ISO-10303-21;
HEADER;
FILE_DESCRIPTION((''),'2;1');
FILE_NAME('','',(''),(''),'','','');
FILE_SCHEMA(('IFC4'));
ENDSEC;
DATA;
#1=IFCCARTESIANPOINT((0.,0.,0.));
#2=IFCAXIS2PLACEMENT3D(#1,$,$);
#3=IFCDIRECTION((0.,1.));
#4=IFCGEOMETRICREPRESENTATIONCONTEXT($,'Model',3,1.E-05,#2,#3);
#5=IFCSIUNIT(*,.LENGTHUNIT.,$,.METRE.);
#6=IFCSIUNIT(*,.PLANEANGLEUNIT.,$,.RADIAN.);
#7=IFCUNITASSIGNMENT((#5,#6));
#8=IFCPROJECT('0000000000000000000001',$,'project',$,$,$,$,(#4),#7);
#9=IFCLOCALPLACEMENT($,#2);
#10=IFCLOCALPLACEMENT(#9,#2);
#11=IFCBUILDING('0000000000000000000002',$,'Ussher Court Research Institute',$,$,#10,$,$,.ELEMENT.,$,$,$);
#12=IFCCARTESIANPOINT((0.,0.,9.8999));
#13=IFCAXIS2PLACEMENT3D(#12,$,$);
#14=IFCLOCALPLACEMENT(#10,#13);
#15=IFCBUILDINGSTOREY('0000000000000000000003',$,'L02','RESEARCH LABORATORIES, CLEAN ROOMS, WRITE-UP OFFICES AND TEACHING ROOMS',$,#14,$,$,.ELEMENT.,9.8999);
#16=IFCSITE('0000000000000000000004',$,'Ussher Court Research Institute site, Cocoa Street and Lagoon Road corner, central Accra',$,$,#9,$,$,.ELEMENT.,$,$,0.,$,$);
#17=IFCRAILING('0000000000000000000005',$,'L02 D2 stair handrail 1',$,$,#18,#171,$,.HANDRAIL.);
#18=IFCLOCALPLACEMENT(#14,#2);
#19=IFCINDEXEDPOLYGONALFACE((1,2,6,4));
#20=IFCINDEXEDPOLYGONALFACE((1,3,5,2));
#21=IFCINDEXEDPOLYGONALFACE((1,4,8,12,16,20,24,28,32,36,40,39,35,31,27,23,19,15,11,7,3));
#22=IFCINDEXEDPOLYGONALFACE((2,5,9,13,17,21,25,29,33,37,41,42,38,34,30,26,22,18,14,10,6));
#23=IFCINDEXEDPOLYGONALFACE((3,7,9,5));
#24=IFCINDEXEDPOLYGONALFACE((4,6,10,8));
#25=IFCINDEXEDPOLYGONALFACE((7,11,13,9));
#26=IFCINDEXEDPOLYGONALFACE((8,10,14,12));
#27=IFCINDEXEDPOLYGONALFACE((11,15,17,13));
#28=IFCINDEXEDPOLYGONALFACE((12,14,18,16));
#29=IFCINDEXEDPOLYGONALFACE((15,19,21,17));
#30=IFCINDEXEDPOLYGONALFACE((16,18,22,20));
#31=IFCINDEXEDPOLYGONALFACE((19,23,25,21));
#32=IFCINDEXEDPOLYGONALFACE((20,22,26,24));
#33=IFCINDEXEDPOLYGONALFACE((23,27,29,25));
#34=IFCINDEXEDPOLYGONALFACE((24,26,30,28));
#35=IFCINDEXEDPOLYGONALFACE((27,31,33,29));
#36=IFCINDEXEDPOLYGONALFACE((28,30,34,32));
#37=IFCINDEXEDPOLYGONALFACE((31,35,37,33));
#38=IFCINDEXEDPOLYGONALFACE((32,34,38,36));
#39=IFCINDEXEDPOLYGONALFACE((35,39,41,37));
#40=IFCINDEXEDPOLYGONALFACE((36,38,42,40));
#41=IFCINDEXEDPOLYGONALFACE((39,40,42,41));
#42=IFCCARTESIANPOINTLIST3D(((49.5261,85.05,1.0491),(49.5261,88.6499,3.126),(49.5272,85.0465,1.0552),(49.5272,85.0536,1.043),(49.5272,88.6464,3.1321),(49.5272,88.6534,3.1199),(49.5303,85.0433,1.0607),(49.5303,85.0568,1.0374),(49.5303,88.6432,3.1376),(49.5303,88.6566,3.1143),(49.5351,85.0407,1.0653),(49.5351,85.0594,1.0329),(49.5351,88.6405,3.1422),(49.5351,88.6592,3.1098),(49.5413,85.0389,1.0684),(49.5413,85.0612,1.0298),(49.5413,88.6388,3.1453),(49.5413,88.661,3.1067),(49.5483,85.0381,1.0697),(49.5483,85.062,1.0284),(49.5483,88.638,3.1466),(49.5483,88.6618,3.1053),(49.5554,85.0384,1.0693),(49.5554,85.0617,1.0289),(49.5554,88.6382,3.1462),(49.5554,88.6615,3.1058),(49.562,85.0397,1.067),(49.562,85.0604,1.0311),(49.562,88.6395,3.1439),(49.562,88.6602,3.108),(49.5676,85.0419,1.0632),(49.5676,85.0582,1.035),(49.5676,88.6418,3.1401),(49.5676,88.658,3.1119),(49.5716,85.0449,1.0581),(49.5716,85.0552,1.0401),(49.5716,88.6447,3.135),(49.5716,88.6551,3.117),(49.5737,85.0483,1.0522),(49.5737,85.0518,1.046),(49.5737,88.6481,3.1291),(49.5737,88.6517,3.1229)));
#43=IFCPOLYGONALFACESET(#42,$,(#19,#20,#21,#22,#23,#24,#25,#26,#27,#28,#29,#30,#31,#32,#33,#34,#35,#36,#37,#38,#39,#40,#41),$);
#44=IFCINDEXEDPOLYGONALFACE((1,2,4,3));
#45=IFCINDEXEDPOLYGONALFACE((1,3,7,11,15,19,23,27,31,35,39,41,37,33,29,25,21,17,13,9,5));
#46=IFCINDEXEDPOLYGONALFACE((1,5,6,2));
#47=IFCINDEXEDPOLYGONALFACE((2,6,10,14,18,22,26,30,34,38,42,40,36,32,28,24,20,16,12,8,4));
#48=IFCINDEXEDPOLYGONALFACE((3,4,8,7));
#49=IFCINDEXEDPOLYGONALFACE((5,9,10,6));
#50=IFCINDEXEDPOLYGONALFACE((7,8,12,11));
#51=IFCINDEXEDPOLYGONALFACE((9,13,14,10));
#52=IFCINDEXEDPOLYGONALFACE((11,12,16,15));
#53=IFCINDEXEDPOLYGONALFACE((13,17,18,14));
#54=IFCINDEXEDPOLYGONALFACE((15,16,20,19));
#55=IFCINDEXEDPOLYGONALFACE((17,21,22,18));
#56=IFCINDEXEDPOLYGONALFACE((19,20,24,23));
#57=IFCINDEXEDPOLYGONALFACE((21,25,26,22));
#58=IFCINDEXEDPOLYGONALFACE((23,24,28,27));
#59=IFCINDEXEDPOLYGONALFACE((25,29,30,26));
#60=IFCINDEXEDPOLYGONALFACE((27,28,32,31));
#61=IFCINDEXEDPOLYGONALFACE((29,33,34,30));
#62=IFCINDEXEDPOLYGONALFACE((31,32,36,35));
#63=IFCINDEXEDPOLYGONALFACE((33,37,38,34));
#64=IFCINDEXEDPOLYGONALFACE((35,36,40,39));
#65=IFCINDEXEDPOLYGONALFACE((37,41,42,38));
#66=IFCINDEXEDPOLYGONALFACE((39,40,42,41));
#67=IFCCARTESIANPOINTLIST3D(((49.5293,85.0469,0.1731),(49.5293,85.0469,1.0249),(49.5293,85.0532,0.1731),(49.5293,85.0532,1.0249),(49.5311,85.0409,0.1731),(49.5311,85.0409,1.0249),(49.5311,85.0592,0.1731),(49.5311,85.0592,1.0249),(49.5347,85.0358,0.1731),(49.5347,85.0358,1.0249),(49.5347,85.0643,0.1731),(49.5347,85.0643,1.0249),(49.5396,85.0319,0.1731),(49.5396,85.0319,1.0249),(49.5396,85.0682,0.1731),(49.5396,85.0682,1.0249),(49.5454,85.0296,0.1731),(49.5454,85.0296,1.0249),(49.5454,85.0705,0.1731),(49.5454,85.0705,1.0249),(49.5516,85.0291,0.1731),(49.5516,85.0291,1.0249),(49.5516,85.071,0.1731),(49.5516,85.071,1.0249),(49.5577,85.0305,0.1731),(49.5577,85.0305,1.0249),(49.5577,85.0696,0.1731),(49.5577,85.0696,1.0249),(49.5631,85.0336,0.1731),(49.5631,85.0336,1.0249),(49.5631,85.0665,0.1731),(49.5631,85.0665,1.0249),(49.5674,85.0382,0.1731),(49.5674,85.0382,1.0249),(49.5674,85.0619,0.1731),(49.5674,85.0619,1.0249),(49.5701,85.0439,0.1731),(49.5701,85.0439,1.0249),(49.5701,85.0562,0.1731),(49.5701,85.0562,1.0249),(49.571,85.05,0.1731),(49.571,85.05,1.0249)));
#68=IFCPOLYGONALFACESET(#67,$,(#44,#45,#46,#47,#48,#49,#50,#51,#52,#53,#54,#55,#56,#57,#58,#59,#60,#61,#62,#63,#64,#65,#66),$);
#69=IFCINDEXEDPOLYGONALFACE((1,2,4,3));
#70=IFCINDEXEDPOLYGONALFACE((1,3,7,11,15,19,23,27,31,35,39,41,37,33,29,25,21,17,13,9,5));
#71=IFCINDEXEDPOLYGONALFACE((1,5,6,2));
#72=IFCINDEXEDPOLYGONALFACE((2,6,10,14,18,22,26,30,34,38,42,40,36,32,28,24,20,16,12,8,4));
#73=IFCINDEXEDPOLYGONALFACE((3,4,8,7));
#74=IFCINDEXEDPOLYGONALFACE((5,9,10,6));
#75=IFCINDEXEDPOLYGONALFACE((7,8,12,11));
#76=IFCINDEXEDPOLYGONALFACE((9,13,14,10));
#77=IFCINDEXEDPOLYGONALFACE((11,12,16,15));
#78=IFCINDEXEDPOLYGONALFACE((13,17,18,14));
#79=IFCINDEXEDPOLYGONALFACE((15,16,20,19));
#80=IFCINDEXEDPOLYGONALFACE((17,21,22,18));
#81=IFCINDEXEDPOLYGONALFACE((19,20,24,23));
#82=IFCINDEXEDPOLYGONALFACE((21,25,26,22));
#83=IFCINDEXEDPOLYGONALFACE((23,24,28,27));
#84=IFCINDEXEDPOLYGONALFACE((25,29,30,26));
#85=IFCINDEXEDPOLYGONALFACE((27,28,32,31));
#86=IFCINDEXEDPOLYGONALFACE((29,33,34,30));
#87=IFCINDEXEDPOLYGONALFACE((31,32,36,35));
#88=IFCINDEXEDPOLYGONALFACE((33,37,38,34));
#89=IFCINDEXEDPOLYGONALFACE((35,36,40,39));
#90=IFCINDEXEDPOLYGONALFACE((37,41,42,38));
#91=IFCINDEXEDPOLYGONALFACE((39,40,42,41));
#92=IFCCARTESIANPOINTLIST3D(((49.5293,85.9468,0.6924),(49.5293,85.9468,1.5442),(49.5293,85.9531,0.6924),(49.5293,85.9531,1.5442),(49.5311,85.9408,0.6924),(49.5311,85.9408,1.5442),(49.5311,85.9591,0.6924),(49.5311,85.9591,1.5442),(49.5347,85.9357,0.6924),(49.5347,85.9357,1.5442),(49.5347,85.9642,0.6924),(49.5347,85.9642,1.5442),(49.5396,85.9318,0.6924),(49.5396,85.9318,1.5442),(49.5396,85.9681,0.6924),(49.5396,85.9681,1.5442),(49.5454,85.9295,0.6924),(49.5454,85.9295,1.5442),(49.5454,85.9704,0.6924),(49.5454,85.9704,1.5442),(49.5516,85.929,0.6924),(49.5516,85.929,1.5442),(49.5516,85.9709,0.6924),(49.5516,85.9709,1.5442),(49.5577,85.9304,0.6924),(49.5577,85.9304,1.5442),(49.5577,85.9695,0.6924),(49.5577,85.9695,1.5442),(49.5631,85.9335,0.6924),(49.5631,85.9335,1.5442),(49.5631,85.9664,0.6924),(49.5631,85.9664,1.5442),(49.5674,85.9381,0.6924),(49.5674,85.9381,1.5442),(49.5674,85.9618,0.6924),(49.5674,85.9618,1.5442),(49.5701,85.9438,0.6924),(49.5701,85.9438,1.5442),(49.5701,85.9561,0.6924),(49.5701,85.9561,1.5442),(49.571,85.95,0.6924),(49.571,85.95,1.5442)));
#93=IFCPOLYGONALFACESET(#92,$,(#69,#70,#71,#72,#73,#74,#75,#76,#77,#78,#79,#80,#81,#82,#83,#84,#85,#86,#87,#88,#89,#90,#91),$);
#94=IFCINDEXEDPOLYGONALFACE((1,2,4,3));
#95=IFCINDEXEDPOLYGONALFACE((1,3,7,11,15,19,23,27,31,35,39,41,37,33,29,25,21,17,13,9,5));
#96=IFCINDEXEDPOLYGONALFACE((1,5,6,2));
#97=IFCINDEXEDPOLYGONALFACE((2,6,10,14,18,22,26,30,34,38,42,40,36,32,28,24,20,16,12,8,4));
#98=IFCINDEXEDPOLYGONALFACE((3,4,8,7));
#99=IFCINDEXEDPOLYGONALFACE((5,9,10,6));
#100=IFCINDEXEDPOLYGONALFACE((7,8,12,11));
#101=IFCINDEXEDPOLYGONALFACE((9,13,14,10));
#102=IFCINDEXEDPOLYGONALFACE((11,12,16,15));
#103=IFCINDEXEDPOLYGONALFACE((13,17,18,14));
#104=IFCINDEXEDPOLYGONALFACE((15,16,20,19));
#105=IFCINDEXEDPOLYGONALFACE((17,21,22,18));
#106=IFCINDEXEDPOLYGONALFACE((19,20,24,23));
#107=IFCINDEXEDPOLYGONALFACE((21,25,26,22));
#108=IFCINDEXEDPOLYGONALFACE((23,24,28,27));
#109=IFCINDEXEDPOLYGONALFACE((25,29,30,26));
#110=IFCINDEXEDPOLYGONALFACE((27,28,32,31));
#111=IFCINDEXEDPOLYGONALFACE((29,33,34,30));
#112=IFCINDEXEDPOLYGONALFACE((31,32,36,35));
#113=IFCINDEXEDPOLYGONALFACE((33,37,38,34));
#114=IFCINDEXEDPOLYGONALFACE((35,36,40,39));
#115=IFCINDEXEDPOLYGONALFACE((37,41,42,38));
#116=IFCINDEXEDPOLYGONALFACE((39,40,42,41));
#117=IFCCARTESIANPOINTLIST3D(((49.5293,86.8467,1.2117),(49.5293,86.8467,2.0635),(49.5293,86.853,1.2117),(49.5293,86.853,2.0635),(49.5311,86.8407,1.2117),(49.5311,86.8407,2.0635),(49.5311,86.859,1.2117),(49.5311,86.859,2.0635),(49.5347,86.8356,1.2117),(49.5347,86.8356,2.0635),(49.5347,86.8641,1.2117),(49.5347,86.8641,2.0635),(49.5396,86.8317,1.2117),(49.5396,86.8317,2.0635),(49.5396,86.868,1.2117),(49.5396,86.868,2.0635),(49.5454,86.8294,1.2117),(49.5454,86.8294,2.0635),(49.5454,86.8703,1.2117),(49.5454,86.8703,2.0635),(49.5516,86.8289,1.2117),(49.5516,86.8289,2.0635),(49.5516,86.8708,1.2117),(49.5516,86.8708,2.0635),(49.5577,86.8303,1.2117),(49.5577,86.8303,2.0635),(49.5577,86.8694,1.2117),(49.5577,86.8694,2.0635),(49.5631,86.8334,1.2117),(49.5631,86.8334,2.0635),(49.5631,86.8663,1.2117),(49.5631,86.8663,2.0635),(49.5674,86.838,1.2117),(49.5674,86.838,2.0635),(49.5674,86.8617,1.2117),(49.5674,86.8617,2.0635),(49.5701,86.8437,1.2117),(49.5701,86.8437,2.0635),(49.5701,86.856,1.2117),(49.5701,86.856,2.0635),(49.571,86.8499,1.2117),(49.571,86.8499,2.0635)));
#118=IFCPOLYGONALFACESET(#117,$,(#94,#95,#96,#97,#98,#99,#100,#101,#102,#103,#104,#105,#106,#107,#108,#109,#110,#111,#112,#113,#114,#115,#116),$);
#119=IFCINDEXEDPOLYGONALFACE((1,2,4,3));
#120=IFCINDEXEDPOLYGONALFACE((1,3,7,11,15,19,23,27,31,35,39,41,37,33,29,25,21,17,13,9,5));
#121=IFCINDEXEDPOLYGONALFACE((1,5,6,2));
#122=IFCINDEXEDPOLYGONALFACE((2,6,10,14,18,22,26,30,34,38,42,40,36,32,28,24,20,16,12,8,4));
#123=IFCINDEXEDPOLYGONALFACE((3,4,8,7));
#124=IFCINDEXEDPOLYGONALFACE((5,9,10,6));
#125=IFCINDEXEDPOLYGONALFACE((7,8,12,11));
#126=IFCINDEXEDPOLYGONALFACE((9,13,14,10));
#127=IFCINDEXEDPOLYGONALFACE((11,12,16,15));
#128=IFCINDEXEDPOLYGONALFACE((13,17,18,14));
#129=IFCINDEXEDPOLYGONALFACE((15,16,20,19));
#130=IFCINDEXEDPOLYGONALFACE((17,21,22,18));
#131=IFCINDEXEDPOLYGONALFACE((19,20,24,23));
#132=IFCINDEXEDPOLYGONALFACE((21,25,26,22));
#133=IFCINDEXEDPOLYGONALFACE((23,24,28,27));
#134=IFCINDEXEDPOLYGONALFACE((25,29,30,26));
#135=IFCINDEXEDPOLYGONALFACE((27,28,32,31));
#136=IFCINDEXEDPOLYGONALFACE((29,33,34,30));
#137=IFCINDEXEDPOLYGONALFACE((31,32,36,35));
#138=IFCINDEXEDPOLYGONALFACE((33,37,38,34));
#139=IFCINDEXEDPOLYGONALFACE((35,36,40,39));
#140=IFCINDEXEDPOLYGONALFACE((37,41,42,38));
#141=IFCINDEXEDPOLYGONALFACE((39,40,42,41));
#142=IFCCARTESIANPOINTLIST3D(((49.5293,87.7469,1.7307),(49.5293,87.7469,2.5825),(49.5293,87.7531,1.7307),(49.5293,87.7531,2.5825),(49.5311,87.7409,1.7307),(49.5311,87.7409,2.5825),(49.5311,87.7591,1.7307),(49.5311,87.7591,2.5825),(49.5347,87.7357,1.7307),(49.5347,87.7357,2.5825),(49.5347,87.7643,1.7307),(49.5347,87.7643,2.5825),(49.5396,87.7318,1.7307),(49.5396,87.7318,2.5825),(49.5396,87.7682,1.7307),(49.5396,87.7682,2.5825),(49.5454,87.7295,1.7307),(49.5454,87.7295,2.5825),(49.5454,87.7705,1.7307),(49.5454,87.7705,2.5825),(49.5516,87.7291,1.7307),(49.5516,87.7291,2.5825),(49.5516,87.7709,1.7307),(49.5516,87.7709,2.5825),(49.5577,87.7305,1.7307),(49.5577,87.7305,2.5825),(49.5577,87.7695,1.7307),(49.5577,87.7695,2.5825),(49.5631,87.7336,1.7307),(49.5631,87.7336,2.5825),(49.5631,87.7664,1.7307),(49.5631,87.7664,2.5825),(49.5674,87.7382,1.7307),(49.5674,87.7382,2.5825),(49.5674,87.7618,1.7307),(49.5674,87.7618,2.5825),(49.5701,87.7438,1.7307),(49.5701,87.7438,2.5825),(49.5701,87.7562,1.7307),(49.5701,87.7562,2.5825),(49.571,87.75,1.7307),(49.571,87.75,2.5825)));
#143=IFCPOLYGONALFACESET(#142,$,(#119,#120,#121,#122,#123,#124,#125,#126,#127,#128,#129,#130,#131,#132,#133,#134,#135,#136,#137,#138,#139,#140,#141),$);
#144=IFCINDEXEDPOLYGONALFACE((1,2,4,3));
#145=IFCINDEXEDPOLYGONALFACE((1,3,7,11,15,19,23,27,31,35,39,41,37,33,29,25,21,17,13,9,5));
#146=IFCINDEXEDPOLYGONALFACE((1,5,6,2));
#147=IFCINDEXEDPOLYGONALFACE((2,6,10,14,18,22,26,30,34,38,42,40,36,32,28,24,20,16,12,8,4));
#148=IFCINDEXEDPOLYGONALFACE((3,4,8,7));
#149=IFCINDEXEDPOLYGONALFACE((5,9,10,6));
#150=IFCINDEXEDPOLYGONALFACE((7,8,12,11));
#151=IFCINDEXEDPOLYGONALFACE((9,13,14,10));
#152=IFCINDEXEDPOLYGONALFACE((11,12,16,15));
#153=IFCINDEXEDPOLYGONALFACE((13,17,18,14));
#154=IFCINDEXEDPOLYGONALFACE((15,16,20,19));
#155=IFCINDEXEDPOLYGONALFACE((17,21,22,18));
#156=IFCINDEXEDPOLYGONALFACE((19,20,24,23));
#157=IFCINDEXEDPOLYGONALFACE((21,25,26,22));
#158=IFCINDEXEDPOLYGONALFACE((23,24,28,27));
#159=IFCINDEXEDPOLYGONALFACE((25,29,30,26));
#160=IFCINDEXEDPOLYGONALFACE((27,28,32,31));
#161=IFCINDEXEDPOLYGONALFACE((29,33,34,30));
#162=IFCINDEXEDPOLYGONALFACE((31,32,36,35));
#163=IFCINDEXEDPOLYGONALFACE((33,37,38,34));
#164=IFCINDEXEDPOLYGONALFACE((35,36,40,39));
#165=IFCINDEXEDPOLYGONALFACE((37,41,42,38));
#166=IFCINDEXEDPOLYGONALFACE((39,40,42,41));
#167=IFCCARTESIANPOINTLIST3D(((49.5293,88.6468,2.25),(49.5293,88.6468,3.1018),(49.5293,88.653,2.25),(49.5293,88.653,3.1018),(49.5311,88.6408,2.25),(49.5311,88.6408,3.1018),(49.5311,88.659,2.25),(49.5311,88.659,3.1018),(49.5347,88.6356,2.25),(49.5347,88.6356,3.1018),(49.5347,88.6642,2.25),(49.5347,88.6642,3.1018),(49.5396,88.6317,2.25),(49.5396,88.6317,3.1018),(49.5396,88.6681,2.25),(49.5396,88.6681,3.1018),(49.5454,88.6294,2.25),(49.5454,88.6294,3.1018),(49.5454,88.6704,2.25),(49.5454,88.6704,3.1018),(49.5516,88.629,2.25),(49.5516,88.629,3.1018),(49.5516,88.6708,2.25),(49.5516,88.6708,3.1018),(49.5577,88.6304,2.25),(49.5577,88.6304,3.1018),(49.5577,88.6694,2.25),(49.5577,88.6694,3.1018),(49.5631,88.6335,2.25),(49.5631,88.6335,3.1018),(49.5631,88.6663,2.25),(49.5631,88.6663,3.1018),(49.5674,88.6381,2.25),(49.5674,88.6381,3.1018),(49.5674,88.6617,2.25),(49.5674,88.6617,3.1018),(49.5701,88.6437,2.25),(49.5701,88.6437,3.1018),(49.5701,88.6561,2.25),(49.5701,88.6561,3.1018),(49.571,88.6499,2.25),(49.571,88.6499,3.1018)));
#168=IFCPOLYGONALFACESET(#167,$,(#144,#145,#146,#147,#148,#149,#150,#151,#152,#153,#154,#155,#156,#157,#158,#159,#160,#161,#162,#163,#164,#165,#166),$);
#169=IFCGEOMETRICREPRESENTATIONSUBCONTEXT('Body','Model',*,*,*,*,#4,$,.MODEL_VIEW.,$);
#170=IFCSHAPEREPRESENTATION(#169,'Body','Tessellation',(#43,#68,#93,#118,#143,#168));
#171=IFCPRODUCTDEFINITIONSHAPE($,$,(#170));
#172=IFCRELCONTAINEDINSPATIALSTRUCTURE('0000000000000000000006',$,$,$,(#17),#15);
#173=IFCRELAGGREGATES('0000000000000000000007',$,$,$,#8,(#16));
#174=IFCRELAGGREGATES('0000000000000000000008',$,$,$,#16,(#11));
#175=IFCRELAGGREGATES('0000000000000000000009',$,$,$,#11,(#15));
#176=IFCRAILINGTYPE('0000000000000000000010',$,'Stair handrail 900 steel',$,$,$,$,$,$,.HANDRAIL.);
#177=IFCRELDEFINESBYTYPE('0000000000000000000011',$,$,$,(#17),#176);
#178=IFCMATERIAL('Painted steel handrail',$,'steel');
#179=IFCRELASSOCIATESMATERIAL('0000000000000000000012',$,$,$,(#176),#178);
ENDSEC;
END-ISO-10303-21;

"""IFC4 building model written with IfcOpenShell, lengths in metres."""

from ifc_helpers import new_model, si_unit, direction, frame, origin, origin_2d, place, context, subcontext, project, spatial, circle, extrude, material, type_object, element, save


model = new_model("IFC4")

# Units and contexts
model_context = context("Model", 3, precision=1e-05, world=origin(), true_north=direction((0.0, 1.0)))
body_context = subcontext(model_context, "Body", "Model", "MODEL_VIEW")
ifc_project = project(units=[si_unit("LENGTHUNIT", "METRE"), si_unit("PLANEANGLEUNIT", "RADIAN")], contexts=[model_context])

# Site, building, storey
site_placement = place(None, origin())
site = spatial("IfcSite", under=ifc_project, at=site_placement, Name="Ussher Court Research Institute site, Cocoa Street and Lagoon Road corner, central Accra", CompositionType="ELEMENT", RefElevation=0.0)
building_placement = place(site_placement, origin())
building = spatial("IfcBuilding", under=site, at=building_placement, Name="Ussher Court Research Institute", CompositionType="ELEMENT")
storey_placement = place(building_placement, frame((0.0, 0.0, 9.8999)))
storey = spatial("IfcBuildingStorey", under=building, at=storey_placement, Name="L02", Description="RESEARCH LABORATORIES, CLEAN ROOMS, WRITE-UP OFFICES AND TEACHING ROOMS", CompositionType="ELEMENT", Elevation=9.8999)

# Railing
ifc_material_1 = material(Name="Painted steel handrail", Category="steel")
railing_type_1 = type_object("IfcRailingType", Name="Stair handrail 900 steel", PredefinedType="HANDRAIL", material=ifc_material_1)
railing_1_placement = place(storey_placement, frame((49.55, 85.05, 0.1731)))
element("IfcRailing", 1, at=railing_1_placement, inside=storey, type_object=railing_type_1, Name="L02 D2 stair handrail 1", PredefinedType="HANDRAIL", context=body_context, shape_type="SweptSolid", body=[
    extrude(circle(Radius=0.0239, at=origin_2d()), frame((0.0, 0.0, 0.876), z_axis=(0.0, 0.866179, 0.499734), x_axis=(-1.0, 0.0, 0.0)), (0.0, 0.0, 1.0), 4.156),
    extrude(circle(Radius=0.021, at=origin_2d()), origin(), (0.0, 0.0, 1.0), 0.8518),
    extrude(circle(Radius=0.021, at=origin_2d()), frame((0.0, 0.8999, 0.5193)), (0.0, 0.0, 1.0), 0.8518),
    extrude(circle(Radius=0.021, at=origin_2d()), frame((0.0, 1.7998, 1.0386)), (0.0, 0.0, 1.0), 0.8518),
    extrude(circle(Radius=0.021, at=origin_2d()), frame((0.0, 2.7, 1.5576)), (0.0, 0.0, 1.0), 0.8518),
    extrude(circle(Radius=0.021, at=origin_2d()), frame((0.0, 3.5999, 2.0769)), (0.0, 0.0, 1.0), 0.8518),
])

save(model, "model.ifc")
